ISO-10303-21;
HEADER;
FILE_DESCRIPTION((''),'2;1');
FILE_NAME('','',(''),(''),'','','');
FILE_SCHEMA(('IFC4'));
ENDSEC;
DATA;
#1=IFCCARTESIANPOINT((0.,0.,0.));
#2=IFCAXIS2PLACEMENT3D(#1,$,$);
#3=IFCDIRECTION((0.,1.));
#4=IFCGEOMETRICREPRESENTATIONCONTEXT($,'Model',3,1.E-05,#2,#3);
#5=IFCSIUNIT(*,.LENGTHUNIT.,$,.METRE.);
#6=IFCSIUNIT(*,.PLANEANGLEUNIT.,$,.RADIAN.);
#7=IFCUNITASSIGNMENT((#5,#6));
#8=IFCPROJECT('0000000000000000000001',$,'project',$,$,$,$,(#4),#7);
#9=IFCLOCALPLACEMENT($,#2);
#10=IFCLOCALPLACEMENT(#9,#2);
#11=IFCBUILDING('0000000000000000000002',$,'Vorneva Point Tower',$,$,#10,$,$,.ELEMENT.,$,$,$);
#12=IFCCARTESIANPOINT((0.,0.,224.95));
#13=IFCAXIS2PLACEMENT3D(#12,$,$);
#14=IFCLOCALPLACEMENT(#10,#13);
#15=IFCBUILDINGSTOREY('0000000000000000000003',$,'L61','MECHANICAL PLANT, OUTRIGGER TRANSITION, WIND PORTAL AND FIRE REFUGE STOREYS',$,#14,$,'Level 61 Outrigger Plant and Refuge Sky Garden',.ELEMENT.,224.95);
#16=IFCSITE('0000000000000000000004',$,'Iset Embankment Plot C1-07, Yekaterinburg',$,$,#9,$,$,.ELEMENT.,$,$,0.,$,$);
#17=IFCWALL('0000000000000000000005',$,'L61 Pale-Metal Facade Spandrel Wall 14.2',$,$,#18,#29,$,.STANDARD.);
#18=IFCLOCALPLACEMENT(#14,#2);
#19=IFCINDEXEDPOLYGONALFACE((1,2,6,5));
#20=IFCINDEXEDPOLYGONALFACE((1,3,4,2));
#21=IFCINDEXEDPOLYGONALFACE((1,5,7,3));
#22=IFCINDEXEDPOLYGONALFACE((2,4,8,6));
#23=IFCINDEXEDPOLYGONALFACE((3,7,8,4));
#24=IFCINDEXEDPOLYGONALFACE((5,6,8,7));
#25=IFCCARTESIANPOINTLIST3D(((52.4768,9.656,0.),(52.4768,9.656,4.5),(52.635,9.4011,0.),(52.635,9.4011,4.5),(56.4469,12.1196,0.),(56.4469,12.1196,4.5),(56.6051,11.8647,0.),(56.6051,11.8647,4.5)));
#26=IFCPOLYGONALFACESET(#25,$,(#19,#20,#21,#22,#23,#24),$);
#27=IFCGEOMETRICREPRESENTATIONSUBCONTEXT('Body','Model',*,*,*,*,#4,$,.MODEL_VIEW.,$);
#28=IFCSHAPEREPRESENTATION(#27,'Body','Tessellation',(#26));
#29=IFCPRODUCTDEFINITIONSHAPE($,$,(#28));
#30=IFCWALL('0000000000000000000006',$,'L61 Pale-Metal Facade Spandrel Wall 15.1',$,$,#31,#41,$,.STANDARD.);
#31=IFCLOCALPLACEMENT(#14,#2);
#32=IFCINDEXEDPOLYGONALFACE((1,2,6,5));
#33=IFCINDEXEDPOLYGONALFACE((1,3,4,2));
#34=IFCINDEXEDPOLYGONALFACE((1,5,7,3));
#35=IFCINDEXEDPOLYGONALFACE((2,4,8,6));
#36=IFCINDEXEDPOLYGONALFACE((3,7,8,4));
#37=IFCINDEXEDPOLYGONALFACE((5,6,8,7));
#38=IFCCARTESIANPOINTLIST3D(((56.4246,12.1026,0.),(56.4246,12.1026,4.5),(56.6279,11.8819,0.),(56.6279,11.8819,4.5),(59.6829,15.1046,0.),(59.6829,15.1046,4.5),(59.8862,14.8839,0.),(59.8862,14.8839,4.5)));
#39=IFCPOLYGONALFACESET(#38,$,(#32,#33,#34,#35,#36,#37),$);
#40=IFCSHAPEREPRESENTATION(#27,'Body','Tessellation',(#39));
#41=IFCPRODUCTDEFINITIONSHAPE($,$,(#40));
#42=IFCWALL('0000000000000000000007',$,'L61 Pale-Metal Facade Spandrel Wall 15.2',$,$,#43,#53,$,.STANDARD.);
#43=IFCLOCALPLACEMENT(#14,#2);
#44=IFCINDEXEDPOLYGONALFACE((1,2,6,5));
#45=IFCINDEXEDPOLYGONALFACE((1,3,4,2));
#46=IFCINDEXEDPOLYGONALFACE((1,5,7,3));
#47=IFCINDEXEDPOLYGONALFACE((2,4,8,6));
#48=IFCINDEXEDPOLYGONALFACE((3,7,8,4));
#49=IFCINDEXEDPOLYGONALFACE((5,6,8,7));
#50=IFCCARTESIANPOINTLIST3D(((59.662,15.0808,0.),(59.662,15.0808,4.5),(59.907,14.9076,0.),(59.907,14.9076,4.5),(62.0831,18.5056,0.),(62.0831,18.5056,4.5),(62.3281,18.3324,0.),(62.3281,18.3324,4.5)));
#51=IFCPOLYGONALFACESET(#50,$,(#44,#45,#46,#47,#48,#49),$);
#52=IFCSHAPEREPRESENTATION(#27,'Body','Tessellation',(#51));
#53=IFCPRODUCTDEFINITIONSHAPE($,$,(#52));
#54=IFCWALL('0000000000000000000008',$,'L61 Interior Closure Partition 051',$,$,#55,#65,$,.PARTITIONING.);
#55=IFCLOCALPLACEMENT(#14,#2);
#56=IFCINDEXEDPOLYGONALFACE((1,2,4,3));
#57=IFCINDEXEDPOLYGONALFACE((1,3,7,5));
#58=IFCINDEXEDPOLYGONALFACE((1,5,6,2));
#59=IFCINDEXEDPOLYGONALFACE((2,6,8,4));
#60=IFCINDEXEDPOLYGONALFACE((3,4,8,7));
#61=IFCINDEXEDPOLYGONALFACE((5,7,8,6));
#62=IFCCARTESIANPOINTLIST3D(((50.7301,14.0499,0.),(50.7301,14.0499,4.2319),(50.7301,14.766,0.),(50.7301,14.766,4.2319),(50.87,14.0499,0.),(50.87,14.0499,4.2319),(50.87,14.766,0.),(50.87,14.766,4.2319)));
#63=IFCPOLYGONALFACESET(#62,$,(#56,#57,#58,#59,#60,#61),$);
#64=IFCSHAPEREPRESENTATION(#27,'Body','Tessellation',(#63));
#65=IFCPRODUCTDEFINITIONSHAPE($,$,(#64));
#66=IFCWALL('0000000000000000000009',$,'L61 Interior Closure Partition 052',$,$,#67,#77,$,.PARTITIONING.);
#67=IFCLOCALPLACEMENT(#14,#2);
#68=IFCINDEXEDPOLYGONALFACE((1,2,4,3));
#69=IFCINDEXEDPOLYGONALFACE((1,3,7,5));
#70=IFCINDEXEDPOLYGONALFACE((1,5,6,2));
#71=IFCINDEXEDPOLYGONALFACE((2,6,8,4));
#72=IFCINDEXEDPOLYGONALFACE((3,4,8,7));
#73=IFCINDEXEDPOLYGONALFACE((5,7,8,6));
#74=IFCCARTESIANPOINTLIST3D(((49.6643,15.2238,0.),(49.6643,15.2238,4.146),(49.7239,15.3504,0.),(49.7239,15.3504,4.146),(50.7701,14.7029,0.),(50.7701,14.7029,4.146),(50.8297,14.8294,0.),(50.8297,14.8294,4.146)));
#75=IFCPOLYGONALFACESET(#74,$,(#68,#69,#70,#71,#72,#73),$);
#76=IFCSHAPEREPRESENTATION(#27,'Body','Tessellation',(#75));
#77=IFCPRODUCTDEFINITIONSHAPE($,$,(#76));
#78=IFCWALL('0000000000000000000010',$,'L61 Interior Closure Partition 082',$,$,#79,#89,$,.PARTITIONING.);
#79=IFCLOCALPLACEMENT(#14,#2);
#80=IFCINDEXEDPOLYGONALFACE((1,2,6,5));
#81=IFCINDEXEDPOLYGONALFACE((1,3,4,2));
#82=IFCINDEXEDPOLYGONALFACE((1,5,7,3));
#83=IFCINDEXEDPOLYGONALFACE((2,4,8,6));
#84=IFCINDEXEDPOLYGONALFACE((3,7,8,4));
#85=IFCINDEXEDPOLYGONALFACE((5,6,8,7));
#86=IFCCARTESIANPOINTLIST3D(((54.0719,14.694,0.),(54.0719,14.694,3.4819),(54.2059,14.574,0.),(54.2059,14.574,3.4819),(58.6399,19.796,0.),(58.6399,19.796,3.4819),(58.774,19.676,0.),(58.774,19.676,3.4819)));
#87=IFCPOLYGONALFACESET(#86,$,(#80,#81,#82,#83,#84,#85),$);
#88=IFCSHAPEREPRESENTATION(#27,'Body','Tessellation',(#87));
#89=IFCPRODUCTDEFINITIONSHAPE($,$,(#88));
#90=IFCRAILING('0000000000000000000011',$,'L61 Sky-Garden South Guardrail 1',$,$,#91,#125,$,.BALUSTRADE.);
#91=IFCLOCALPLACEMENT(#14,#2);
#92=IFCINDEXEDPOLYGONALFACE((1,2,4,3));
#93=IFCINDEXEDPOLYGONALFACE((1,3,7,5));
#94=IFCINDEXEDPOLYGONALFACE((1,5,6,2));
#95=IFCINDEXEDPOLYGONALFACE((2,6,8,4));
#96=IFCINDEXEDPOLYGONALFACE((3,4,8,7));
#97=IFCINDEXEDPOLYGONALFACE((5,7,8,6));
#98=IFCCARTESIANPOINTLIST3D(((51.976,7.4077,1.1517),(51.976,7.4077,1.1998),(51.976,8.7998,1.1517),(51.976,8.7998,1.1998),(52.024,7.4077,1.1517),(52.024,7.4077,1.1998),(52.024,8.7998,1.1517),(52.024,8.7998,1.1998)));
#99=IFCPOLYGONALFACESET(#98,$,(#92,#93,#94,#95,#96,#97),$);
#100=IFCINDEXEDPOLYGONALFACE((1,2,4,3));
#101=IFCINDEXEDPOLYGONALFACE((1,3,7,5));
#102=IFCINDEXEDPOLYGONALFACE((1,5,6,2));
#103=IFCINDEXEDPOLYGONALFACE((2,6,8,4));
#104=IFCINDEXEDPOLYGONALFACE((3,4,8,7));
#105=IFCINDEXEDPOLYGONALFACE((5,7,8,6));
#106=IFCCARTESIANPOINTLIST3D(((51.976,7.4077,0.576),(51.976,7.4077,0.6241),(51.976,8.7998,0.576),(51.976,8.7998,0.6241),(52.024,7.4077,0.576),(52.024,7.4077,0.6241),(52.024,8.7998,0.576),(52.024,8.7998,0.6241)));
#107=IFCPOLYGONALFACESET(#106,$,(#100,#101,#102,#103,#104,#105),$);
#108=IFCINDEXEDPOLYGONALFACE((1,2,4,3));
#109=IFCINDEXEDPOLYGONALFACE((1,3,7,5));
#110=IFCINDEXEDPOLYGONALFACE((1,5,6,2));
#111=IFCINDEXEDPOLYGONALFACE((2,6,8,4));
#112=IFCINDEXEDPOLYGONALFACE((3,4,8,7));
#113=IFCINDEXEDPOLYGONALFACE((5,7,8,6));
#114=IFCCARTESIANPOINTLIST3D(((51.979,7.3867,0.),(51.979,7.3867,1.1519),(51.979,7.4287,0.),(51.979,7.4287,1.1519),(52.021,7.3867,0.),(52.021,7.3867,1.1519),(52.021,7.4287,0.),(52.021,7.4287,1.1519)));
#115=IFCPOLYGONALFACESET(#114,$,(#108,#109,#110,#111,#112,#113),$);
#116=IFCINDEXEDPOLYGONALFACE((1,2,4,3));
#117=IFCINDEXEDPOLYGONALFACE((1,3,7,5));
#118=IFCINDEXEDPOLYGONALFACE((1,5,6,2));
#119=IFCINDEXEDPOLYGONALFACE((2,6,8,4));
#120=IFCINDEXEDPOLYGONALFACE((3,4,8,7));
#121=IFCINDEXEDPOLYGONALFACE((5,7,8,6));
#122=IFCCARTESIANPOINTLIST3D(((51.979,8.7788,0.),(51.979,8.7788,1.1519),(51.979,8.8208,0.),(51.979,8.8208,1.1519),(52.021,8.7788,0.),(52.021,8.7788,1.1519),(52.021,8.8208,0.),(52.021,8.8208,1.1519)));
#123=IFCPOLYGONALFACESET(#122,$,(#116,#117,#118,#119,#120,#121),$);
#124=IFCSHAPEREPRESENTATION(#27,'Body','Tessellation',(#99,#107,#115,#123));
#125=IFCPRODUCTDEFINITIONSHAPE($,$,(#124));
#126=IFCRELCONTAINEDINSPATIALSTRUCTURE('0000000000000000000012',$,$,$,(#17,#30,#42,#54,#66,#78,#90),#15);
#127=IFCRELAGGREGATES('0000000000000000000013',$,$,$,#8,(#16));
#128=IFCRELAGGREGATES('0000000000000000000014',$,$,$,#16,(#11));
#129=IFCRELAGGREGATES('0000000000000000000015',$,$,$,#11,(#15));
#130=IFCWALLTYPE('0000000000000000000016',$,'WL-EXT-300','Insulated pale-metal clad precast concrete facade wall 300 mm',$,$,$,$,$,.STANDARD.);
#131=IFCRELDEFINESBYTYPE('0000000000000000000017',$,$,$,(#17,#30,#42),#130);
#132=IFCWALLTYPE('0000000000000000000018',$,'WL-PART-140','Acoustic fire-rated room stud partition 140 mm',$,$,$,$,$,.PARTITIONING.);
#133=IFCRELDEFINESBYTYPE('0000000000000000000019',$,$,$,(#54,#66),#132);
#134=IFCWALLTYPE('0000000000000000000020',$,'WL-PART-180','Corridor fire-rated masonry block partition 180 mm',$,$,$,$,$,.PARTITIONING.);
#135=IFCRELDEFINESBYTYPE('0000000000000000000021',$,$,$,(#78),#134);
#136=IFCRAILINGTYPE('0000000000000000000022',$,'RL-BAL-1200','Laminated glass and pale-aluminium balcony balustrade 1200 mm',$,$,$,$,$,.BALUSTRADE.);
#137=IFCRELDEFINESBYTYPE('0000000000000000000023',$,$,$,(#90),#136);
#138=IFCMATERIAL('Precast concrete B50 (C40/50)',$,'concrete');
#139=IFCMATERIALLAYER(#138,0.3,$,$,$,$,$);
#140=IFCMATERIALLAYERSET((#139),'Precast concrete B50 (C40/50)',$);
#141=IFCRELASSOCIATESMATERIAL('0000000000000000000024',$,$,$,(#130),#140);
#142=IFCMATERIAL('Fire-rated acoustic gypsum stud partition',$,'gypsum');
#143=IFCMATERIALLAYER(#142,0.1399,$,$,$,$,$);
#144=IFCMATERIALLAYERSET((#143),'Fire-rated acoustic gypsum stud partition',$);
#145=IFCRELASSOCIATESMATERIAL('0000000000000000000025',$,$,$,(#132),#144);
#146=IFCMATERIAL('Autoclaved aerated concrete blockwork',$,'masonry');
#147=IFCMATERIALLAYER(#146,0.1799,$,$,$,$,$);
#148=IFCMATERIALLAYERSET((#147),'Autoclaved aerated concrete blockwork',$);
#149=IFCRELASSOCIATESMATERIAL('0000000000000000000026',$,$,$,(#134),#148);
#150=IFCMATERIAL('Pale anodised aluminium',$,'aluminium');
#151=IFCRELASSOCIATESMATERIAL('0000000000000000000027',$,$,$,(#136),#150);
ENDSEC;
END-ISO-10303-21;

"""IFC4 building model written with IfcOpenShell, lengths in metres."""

from ifc_helpers import new_model, si_unit, direction, frame, frame_2d, origin, origin_2d, place, context, subcontext, project, spatial, rectangle, extrude, material, layer, layer_set, type_object, element, save


model = new_model("IFC4")

# Units and contexts
model_context = context("Model", 3, precision=1e-05, world=origin(), true_north=direction((0.0, 1.0)))
body_context = subcontext(model_context, "Body", "Model", "MODEL_VIEW")
ifc_project = project(units=[si_unit("LENGTHUNIT", "METRE"), si_unit("PLANEANGLEUNIT", "RADIAN")], contexts=[model_context])

# Site, building, storey
site_placement = place(None, origin())
site = spatial("IfcSite", under=ifc_project, at=site_placement, Name="Iset Embankment Plot C1-07, Yekaterinburg", CompositionType="ELEMENT", RefElevation=0.0)
building_placement = place(site_placement, origin())
building = spatial("IfcBuilding", under=site, at=building_placement, Name="Vorneva Point Tower", CompositionType="ELEMENT")
storey_placement = place(building_placement, frame((0.0, 0.0, 224.95)))
storey = spatial("IfcBuildingStorey", under=building, at=storey_placement, Name="L61", Description="MECHANICAL PLANT, OUTRIGGER TRANSITION, WIND PORTAL AND FIRE REFUGE STOREYS", LongName="Level 61 Outrigger Plant and Refuge Sky Garden", CompositionType="ELEMENT", Elevation=224.95)

# Walls
ifc_material_1 = material(Name="Precast concrete B50 (C40/50)", Category="concrete")
ifc_layer_1 = layer(ifc_material_1, 0.3)
ifc_layer_set_1 = layer_set([ifc_layer_1], Name="Precast concrete B50 (C40/50)")
wall_type_1 = type_object("IfcWallType", Name="WL-EXT-300", Description="Insulated pale-metal clad precast concrete facade wall 300 mm", PredefinedType="STANDARD", material=ifc_layer_set_1)
wall_1_placement = place(storey_placement, frame((52.5559, 9.5286, 0.0), z_axis=(0.0, 0.0, 1.0), x_axis=(0.849702, 0.527263, 0.0)))
element("IfcWall", 1, at=wall_1_placement, inside=storey, type_object=wall_type_1, Name="L61 Pale-Metal Facade Spandrel Wall 14.2", PredefinedType="STANDARD", context=body_context, shape_type="SweptSolid", body=[
    extrude(rectangle(XDim=4.6724, YDim=0.3, at=frame_2d((2.3362, 0.0))), origin(), (0.0, 0.0, 1.0), 4.5),
])
wall_2_placement = place(storey_placement, frame((56.5261, 11.9922, 0.0), z_axis=(0.0, 0.0, 1.0), x_axis=(0.735445, 0.677584, 0.0)))
element("IfcWall", 2, at=wall_2_placement, inside=storey, type_object=wall_type_1, Name="L61 Pale-Metal Facade Spandrel Wall 15.1", PredefinedType="STANDARD", context=body_context, shape_type="SweptSolid", body=[
    extrude(rectangle(XDim=4.4304, YDim=0.3, at=frame_2d((2.2153, 0.0))), origin(), (0.0, 0.0, 1.0), 4.5),
])
wall_3_placement = place(storey_placement, frame((59.7844, 14.9941, 0.0), z_axis=(0.0, 0.0, 1.0), x_axis=(0.577261, 0.81656, 0.0)))
element("IfcWall", 3, at=wall_3_placement, inside=storey, type_object=wall_type_1, Name="L61 Pale-Metal Facade Spandrel Wall 15.2", PredefinedType="STANDARD", context=body_context, shape_type="SweptSolid", body=[
    extrude(rectangle(XDim=4.1941, YDim=0.3, at=frame_2d((2.0972, 0.0))), origin(), (0.0, 0.0, 1.0), 4.5),
])
ifc_material_2 = material(Name="Fire-rated acoustic gypsum stud partition", Category="gypsum")
ifc_layer_2 = layer(ifc_material_2, 0.1399)
ifc_layer_set_2 = layer_set([ifc_layer_2], Name="Fire-rated acoustic gypsum stud partition")
wall_type_2 = type_object("IfcWallType", Name="WL-PART-140", Description="Acoustic fire-rated room stud partition 140 mm", PredefinedType="PARTITIONING", material=ifc_layer_set_2)
wall_4_placement = place(storey_placement, frame((50.8, 14.05, 0.0), z_axis=(0.0, 0.0, 1.0), x_axis=(0.0, 1.0, 0.0)))
element("IfcWall", 4, at=wall_4_placement, inside=storey, type_object=wall_type_2, Name="L61 Interior Closure Partition 051", PredefinedType="PARTITIONING", context=body_context, shape_type="SweptSolid", body=[
    extrude(rectangle(XDim=0.7161, YDim=0.1399, at=frame_2d((0.3579, 0.0))), origin(), (0.0, 0.0, 1.0), 4.2319),
])
wall_5_placement = place(storey_placement, frame((50.8, 14.7661, 0.0), z_axis=(0.0, 0.0, 1.0), x_axis=(-0.904647, 0.426162, 0.0)))
element("IfcWall", 5, at=wall_5_placement, inside=storey, type_object=wall_type_2, Name="L61 Interior Closure Partition 052", PredefinedType="PARTITIONING", context=body_context, shape_type="SweptSolid", body=[
    extrude(rectangle(XDim=1.2224, YDim=0.1399, at=frame_2d((0.6113, 0.0))), origin(), (0.0, 0.0, 1.0), 4.146),
])
ifc_material_3 = material(Name="Autoclaved aerated concrete blockwork", Category="masonry")
ifc_layer_3 = layer(ifc_material_3, 0.1799)
ifc_layer_set_3 = layer_set([ifc_layer_3], Name="Autoclaved aerated concrete blockwork")
wall_type_3 = type_object("IfcWallType", Name="WL-PART-180", Description="Corridor fire-rated masonry block partition 180 mm", PredefinedType="PARTITIONING", material=ifc_layer_set_3)
wall_6_placement = place(storey_placement, frame((54.1389, 14.634, 0.0), z_axis=(0.0, 0.0, 1.0), x_axis=(0.667048, 0.745015, 0.0)))
element("IfcWall", 6, at=wall_6_placement, inside=storey, type_object=wall_type_3, Name="L61 Interior Closure Partition 082", PredefinedType="PARTITIONING", context=body_context, shape_type="SweptSolid", body=[
    extrude(rectangle(XDim=6.8481, YDim=0.1799, at=frame_2d((3.4241, 0.0))), origin(), (0.0, 0.0, 1.0), 3.4819),
])

# Railing
ifc_material_4 = material(Name="Pale anodised aluminium", Category="aluminium")
railing_type = type_object("IfcRailingType", Name="RL-BAL-1200", Description="Laminated glass and pale-aluminium balcony balustrade 1200 mm", PredefinedType="BALUSTRADE", material=ifc_material_4)
railing_placement = place(storey_placement, frame((52.0, 7.4077, 0.0)))
element("IfcRailing", 7, at=railing_placement, inside=storey, type_object=railing_type, Name="L61 Sky-Garden South Guardrail 1", PredefinedType="BALUSTRADE", context=body_context, shape_type="SweptSolid", body=[
    extrude(rectangle(XDim=0.0481, YDim=0.0481, at=origin_2d()), frame((0.0, 0.0, 1.1758), z_axis=(0.0, 1.0, 0.0), x_axis=(-1.0, 0.0, 0.0)), (0.0, 0.0, 1.0), 1.3921),
    extrude(rectangle(XDim=0.0481, YDim=0.0481, at=origin_2d()), frame((0.0, 0.0, 0.6001), z_axis=(0.0, 1.0, 0.0), x_axis=(-1.0, 0.0, 0.0)), (0.0, 0.0, 1.0), 1.3921),
    extrude(rectangle(XDim=0.042, YDim=0.042, at=origin_2d()), origin(), (0.0, 0.0, 1.0), 1.1519),
    extrude(rectangle(XDim=0.042, YDim=0.042, at=origin_2d()), frame((0.0, 1.3921, 0.0)), (0.0, 0.0, 1.0), 1.1519),
])

save(model, "model.ifc")
